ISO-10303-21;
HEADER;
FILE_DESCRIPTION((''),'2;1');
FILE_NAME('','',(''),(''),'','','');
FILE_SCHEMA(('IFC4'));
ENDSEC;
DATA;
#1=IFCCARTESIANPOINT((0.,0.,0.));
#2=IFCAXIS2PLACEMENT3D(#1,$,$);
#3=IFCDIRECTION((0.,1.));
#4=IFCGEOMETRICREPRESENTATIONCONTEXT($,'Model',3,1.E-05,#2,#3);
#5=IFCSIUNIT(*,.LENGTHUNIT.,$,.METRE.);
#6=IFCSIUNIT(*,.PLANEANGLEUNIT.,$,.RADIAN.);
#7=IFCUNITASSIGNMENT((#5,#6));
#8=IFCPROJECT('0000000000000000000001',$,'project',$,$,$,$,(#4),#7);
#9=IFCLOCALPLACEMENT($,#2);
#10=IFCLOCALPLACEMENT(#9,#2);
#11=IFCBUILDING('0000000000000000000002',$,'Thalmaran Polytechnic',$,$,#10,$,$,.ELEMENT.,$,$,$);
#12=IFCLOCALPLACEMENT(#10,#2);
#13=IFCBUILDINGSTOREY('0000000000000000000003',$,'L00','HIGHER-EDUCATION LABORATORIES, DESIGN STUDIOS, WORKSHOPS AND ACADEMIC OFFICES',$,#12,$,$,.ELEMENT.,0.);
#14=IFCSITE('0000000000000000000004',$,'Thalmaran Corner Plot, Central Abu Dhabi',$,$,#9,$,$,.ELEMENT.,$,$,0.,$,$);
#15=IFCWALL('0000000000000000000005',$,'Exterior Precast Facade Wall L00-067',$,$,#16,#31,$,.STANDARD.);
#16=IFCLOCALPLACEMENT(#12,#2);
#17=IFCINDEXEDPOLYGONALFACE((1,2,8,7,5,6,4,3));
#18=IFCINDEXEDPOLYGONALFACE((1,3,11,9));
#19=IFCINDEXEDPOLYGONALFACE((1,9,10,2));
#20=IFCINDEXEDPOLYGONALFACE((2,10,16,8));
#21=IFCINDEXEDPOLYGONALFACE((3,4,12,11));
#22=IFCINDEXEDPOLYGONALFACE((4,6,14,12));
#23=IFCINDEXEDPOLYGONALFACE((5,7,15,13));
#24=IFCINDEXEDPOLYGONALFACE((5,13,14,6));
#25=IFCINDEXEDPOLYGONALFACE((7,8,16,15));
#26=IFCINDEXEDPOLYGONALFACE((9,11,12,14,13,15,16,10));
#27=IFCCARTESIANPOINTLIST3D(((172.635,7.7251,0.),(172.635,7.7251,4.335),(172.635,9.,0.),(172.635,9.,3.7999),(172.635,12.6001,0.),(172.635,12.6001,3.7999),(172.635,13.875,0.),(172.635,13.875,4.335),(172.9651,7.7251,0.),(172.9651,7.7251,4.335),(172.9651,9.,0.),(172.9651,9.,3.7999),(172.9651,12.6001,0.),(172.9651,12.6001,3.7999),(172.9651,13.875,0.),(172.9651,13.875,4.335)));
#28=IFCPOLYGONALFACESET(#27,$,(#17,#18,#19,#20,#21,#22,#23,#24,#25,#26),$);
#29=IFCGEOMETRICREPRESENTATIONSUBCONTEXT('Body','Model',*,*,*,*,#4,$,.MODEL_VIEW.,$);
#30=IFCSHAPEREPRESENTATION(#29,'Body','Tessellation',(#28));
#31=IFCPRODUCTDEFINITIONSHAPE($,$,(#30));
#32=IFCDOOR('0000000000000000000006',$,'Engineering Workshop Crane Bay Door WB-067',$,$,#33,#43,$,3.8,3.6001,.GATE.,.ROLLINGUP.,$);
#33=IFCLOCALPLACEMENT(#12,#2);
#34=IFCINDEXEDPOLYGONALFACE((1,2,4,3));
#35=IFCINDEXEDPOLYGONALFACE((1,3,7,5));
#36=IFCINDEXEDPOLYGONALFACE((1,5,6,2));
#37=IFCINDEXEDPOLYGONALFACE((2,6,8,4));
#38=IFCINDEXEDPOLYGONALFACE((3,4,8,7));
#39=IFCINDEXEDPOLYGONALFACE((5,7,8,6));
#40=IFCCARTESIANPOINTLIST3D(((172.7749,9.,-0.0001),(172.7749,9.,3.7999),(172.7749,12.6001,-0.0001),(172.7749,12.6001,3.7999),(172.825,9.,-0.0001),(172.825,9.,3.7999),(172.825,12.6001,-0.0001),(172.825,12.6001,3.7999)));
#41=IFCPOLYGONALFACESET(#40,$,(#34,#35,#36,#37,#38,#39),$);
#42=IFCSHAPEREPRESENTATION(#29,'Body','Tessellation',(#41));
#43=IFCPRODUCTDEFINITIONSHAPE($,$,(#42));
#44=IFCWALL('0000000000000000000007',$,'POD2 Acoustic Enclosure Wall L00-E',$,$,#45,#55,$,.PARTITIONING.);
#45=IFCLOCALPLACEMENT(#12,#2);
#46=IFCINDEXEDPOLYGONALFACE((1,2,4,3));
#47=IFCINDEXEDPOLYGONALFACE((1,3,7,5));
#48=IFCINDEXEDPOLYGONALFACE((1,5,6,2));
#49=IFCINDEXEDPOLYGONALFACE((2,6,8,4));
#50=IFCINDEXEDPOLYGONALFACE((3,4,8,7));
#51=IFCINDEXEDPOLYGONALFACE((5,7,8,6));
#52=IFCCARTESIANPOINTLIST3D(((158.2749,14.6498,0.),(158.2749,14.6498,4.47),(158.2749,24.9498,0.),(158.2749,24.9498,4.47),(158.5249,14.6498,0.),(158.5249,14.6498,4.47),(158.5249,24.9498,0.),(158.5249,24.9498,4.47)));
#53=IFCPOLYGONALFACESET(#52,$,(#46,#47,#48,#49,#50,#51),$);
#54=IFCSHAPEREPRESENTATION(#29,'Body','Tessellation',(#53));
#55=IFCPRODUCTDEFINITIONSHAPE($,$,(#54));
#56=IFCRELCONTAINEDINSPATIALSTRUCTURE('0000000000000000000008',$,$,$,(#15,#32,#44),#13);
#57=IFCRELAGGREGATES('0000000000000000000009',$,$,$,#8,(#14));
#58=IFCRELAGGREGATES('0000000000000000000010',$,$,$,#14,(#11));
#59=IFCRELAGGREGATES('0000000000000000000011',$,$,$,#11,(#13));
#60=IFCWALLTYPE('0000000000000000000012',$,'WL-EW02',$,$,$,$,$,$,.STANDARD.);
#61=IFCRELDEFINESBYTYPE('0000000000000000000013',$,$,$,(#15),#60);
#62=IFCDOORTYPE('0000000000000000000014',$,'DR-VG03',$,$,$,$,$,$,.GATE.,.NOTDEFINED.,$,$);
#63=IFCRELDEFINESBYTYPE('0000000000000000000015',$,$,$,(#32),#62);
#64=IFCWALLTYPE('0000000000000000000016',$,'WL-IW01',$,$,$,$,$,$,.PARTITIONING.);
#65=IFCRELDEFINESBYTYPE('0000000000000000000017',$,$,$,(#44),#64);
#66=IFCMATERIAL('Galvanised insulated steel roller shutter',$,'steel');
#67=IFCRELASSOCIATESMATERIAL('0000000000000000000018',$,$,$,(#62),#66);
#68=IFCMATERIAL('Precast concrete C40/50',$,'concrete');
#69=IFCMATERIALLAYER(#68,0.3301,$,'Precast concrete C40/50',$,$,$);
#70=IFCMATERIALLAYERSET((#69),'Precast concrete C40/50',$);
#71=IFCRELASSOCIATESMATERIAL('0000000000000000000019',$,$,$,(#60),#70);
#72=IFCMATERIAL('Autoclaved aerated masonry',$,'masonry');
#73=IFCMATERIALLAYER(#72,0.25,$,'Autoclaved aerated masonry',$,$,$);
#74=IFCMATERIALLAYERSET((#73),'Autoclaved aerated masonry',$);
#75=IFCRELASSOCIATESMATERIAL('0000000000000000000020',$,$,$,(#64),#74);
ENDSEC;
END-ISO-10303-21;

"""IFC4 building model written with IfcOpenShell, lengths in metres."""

from ifc_helpers import new_model, si_unit, direction, frame, frame_2d, origin, place, context, subcontext, project, spatial, rectangle, extrude, material, layer, layer_set, type_object, element, fill, save


model = new_model("IFC4")

# Units and contexts
model_context = context("Model", 3, precision=1e-05, world=origin(), true_north=direction((0.0, 1.0)))
body_context = subcontext(model_context, "Body", "Model", "MODEL_VIEW")
ifc_project = project(units=[si_unit("LENGTHUNIT", "METRE"), si_unit("PLANEANGLEUNIT", "RADIAN")], contexts=[model_context])

# Site, building, storey
site_placement = place(None, origin())
site = spatial("IfcSite", under=ifc_project, at=site_placement, Name="Thalmaran Corner Plot, Central Abu Dhabi", CompositionType="ELEMENT", RefElevation=0.0)
building_placement = place(site_placement, origin())
building = spatial("IfcBuilding", under=site, at=building_placement, Name="Thalmaran Polytechnic", CompositionType="ELEMENT")
storey_placement = place(building_placement, origin())
storey = spatial("IfcBuildingStorey", under=building, at=storey_placement, Name="L00", Description="HIGHER-EDUCATION LABORATORIES, DESIGN STUDIOS, WORKSHOPS AND ACADEMIC OFFICES", CompositionType="ELEMENT", Elevation=0.0)

# Wall, opening, door
ifc_material_1 = material(Name="Precast concrete C40/50", Category="concrete")
ifc_material_2 = material(Name="Galvanised insulated steel roller shutter", Category="steel")
door_type_1 = type_object("IfcDoorType", Name="DR-VG03", OperationType="NOTDEFINED", PredefinedType="GATE", material=ifc_material_2)
ifc_layer_1 = layer(ifc_material_1, 0.3301, Name="Precast concrete C40/50")
ifc_layer_set_1 = layer_set([ifc_layer_1], Name="Precast concrete C40/50")
wall_type_1 = type_object("IfcWallType", Name="WL-EW02", PredefinedType="STANDARD", material=ifc_layer_set_1)
wall_1_placement = place(storey_placement, frame((172.8, 13.875, 0.0), z_axis=(0.0, 0.0, 1.0), x_axis=(0.0, -1.0, 0.0)))
wall_1 = element("IfcWall", 1, at=wall_1_placement, inside=storey, type_object=wall_type_1, Name="Exterior Precast Facade Wall L00-067", PredefinedType="STANDARD", context=body_context, shape_type="SweptSolid", body=[
    extrude(rectangle(XDim=6.1499, YDim=0.3301, at=frame_2d((3.075, 0.0))), origin(), (0.0, 0.0, 1.0), 4.335),
])
opening_1_placement = place(wall_1_placement, frame((1.2749, 0.0, 0.0)))
opening_1 = element("IfcOpeningElement", 2, at=opening_1_placement, cuts=wall_1, PredefinedType="OPENING", context=body_context, shape_type="SweptSolid", body=[
    extrude(rectangle(XDim=3.6001, YDim=3.8, at=frame_2d((1.8, 1.8999))), frame((0.0, 0.175, 0.0), z_axis=(0.0, -1.0, 0.0), x_axis=(1.0, 0.0, 0.0)), (0.0, 0.0, 1.0), 0.3501),
])
door_1_placement = place(opening_1_placement, origin())
door_1 = element("IfcDoor", 3, at=door_1_placement, inside=storey, type_object=door_type_1, Name="Engineering Workshop Crane Bay Door WB-067", OperationType="ROLLINGUP", OverallHeight=3.8, OverallWidth=3.6001, PredefinedType="GATE", context=body_context, shape_type="SweptSolid", body=[
    extrude(rectangle(XDim=3.6001, YDim=3.8, at=frame_2d((1.8, 1.8999))), frame((0.0, 0.0249, 0.0), z_axis=(0.0, -1.0, 0.0), x_axis=(1.0, 0.0, 0.0)), (0.0, 0.0, 1.0), 0.05),
])
fill(opening_1, door_1)

# Wall
ifc_material_3 = material(Name="Autoclaved aerated masonry", Category="masonry")
ifc_layer_2 = layer(ifc_material_3, 0.25, Name="Autoclaved aerated masonry")
ifc_layer_set_2 = layer_set([ifc_layer_2], Name="Autoclaved aerated masonry")
wall_type_2 = type_object("IfcWallType", Name="WL-IW01", PredefinedType="PARTITIONING", material=ifc_layer_set_2)
wall_2_placement = place(storey_placement, frame((158.3999, 14.6499, 0.0), z_axis=(0.0, 0.0, 1.0), x_axis=(0.0, 1.0, 0.0)))
element("IfcWall", 4, at=wall_2_placement, inside=storey, type_object=wall_type_2, Name="POD2 Acoustic Enclosure Wall L00-E", PredefinedType="PARTITIONING", context=body_context, shape_type="SweptSolid", body=[
    extrude(rectangle(XDim=10.3, YDim=0.25, at=frame_2d((5.1499, 0.0))), origin(), (0.0, 0.0, 1.0), 4.47),
])

save(model, "model.ifc")
